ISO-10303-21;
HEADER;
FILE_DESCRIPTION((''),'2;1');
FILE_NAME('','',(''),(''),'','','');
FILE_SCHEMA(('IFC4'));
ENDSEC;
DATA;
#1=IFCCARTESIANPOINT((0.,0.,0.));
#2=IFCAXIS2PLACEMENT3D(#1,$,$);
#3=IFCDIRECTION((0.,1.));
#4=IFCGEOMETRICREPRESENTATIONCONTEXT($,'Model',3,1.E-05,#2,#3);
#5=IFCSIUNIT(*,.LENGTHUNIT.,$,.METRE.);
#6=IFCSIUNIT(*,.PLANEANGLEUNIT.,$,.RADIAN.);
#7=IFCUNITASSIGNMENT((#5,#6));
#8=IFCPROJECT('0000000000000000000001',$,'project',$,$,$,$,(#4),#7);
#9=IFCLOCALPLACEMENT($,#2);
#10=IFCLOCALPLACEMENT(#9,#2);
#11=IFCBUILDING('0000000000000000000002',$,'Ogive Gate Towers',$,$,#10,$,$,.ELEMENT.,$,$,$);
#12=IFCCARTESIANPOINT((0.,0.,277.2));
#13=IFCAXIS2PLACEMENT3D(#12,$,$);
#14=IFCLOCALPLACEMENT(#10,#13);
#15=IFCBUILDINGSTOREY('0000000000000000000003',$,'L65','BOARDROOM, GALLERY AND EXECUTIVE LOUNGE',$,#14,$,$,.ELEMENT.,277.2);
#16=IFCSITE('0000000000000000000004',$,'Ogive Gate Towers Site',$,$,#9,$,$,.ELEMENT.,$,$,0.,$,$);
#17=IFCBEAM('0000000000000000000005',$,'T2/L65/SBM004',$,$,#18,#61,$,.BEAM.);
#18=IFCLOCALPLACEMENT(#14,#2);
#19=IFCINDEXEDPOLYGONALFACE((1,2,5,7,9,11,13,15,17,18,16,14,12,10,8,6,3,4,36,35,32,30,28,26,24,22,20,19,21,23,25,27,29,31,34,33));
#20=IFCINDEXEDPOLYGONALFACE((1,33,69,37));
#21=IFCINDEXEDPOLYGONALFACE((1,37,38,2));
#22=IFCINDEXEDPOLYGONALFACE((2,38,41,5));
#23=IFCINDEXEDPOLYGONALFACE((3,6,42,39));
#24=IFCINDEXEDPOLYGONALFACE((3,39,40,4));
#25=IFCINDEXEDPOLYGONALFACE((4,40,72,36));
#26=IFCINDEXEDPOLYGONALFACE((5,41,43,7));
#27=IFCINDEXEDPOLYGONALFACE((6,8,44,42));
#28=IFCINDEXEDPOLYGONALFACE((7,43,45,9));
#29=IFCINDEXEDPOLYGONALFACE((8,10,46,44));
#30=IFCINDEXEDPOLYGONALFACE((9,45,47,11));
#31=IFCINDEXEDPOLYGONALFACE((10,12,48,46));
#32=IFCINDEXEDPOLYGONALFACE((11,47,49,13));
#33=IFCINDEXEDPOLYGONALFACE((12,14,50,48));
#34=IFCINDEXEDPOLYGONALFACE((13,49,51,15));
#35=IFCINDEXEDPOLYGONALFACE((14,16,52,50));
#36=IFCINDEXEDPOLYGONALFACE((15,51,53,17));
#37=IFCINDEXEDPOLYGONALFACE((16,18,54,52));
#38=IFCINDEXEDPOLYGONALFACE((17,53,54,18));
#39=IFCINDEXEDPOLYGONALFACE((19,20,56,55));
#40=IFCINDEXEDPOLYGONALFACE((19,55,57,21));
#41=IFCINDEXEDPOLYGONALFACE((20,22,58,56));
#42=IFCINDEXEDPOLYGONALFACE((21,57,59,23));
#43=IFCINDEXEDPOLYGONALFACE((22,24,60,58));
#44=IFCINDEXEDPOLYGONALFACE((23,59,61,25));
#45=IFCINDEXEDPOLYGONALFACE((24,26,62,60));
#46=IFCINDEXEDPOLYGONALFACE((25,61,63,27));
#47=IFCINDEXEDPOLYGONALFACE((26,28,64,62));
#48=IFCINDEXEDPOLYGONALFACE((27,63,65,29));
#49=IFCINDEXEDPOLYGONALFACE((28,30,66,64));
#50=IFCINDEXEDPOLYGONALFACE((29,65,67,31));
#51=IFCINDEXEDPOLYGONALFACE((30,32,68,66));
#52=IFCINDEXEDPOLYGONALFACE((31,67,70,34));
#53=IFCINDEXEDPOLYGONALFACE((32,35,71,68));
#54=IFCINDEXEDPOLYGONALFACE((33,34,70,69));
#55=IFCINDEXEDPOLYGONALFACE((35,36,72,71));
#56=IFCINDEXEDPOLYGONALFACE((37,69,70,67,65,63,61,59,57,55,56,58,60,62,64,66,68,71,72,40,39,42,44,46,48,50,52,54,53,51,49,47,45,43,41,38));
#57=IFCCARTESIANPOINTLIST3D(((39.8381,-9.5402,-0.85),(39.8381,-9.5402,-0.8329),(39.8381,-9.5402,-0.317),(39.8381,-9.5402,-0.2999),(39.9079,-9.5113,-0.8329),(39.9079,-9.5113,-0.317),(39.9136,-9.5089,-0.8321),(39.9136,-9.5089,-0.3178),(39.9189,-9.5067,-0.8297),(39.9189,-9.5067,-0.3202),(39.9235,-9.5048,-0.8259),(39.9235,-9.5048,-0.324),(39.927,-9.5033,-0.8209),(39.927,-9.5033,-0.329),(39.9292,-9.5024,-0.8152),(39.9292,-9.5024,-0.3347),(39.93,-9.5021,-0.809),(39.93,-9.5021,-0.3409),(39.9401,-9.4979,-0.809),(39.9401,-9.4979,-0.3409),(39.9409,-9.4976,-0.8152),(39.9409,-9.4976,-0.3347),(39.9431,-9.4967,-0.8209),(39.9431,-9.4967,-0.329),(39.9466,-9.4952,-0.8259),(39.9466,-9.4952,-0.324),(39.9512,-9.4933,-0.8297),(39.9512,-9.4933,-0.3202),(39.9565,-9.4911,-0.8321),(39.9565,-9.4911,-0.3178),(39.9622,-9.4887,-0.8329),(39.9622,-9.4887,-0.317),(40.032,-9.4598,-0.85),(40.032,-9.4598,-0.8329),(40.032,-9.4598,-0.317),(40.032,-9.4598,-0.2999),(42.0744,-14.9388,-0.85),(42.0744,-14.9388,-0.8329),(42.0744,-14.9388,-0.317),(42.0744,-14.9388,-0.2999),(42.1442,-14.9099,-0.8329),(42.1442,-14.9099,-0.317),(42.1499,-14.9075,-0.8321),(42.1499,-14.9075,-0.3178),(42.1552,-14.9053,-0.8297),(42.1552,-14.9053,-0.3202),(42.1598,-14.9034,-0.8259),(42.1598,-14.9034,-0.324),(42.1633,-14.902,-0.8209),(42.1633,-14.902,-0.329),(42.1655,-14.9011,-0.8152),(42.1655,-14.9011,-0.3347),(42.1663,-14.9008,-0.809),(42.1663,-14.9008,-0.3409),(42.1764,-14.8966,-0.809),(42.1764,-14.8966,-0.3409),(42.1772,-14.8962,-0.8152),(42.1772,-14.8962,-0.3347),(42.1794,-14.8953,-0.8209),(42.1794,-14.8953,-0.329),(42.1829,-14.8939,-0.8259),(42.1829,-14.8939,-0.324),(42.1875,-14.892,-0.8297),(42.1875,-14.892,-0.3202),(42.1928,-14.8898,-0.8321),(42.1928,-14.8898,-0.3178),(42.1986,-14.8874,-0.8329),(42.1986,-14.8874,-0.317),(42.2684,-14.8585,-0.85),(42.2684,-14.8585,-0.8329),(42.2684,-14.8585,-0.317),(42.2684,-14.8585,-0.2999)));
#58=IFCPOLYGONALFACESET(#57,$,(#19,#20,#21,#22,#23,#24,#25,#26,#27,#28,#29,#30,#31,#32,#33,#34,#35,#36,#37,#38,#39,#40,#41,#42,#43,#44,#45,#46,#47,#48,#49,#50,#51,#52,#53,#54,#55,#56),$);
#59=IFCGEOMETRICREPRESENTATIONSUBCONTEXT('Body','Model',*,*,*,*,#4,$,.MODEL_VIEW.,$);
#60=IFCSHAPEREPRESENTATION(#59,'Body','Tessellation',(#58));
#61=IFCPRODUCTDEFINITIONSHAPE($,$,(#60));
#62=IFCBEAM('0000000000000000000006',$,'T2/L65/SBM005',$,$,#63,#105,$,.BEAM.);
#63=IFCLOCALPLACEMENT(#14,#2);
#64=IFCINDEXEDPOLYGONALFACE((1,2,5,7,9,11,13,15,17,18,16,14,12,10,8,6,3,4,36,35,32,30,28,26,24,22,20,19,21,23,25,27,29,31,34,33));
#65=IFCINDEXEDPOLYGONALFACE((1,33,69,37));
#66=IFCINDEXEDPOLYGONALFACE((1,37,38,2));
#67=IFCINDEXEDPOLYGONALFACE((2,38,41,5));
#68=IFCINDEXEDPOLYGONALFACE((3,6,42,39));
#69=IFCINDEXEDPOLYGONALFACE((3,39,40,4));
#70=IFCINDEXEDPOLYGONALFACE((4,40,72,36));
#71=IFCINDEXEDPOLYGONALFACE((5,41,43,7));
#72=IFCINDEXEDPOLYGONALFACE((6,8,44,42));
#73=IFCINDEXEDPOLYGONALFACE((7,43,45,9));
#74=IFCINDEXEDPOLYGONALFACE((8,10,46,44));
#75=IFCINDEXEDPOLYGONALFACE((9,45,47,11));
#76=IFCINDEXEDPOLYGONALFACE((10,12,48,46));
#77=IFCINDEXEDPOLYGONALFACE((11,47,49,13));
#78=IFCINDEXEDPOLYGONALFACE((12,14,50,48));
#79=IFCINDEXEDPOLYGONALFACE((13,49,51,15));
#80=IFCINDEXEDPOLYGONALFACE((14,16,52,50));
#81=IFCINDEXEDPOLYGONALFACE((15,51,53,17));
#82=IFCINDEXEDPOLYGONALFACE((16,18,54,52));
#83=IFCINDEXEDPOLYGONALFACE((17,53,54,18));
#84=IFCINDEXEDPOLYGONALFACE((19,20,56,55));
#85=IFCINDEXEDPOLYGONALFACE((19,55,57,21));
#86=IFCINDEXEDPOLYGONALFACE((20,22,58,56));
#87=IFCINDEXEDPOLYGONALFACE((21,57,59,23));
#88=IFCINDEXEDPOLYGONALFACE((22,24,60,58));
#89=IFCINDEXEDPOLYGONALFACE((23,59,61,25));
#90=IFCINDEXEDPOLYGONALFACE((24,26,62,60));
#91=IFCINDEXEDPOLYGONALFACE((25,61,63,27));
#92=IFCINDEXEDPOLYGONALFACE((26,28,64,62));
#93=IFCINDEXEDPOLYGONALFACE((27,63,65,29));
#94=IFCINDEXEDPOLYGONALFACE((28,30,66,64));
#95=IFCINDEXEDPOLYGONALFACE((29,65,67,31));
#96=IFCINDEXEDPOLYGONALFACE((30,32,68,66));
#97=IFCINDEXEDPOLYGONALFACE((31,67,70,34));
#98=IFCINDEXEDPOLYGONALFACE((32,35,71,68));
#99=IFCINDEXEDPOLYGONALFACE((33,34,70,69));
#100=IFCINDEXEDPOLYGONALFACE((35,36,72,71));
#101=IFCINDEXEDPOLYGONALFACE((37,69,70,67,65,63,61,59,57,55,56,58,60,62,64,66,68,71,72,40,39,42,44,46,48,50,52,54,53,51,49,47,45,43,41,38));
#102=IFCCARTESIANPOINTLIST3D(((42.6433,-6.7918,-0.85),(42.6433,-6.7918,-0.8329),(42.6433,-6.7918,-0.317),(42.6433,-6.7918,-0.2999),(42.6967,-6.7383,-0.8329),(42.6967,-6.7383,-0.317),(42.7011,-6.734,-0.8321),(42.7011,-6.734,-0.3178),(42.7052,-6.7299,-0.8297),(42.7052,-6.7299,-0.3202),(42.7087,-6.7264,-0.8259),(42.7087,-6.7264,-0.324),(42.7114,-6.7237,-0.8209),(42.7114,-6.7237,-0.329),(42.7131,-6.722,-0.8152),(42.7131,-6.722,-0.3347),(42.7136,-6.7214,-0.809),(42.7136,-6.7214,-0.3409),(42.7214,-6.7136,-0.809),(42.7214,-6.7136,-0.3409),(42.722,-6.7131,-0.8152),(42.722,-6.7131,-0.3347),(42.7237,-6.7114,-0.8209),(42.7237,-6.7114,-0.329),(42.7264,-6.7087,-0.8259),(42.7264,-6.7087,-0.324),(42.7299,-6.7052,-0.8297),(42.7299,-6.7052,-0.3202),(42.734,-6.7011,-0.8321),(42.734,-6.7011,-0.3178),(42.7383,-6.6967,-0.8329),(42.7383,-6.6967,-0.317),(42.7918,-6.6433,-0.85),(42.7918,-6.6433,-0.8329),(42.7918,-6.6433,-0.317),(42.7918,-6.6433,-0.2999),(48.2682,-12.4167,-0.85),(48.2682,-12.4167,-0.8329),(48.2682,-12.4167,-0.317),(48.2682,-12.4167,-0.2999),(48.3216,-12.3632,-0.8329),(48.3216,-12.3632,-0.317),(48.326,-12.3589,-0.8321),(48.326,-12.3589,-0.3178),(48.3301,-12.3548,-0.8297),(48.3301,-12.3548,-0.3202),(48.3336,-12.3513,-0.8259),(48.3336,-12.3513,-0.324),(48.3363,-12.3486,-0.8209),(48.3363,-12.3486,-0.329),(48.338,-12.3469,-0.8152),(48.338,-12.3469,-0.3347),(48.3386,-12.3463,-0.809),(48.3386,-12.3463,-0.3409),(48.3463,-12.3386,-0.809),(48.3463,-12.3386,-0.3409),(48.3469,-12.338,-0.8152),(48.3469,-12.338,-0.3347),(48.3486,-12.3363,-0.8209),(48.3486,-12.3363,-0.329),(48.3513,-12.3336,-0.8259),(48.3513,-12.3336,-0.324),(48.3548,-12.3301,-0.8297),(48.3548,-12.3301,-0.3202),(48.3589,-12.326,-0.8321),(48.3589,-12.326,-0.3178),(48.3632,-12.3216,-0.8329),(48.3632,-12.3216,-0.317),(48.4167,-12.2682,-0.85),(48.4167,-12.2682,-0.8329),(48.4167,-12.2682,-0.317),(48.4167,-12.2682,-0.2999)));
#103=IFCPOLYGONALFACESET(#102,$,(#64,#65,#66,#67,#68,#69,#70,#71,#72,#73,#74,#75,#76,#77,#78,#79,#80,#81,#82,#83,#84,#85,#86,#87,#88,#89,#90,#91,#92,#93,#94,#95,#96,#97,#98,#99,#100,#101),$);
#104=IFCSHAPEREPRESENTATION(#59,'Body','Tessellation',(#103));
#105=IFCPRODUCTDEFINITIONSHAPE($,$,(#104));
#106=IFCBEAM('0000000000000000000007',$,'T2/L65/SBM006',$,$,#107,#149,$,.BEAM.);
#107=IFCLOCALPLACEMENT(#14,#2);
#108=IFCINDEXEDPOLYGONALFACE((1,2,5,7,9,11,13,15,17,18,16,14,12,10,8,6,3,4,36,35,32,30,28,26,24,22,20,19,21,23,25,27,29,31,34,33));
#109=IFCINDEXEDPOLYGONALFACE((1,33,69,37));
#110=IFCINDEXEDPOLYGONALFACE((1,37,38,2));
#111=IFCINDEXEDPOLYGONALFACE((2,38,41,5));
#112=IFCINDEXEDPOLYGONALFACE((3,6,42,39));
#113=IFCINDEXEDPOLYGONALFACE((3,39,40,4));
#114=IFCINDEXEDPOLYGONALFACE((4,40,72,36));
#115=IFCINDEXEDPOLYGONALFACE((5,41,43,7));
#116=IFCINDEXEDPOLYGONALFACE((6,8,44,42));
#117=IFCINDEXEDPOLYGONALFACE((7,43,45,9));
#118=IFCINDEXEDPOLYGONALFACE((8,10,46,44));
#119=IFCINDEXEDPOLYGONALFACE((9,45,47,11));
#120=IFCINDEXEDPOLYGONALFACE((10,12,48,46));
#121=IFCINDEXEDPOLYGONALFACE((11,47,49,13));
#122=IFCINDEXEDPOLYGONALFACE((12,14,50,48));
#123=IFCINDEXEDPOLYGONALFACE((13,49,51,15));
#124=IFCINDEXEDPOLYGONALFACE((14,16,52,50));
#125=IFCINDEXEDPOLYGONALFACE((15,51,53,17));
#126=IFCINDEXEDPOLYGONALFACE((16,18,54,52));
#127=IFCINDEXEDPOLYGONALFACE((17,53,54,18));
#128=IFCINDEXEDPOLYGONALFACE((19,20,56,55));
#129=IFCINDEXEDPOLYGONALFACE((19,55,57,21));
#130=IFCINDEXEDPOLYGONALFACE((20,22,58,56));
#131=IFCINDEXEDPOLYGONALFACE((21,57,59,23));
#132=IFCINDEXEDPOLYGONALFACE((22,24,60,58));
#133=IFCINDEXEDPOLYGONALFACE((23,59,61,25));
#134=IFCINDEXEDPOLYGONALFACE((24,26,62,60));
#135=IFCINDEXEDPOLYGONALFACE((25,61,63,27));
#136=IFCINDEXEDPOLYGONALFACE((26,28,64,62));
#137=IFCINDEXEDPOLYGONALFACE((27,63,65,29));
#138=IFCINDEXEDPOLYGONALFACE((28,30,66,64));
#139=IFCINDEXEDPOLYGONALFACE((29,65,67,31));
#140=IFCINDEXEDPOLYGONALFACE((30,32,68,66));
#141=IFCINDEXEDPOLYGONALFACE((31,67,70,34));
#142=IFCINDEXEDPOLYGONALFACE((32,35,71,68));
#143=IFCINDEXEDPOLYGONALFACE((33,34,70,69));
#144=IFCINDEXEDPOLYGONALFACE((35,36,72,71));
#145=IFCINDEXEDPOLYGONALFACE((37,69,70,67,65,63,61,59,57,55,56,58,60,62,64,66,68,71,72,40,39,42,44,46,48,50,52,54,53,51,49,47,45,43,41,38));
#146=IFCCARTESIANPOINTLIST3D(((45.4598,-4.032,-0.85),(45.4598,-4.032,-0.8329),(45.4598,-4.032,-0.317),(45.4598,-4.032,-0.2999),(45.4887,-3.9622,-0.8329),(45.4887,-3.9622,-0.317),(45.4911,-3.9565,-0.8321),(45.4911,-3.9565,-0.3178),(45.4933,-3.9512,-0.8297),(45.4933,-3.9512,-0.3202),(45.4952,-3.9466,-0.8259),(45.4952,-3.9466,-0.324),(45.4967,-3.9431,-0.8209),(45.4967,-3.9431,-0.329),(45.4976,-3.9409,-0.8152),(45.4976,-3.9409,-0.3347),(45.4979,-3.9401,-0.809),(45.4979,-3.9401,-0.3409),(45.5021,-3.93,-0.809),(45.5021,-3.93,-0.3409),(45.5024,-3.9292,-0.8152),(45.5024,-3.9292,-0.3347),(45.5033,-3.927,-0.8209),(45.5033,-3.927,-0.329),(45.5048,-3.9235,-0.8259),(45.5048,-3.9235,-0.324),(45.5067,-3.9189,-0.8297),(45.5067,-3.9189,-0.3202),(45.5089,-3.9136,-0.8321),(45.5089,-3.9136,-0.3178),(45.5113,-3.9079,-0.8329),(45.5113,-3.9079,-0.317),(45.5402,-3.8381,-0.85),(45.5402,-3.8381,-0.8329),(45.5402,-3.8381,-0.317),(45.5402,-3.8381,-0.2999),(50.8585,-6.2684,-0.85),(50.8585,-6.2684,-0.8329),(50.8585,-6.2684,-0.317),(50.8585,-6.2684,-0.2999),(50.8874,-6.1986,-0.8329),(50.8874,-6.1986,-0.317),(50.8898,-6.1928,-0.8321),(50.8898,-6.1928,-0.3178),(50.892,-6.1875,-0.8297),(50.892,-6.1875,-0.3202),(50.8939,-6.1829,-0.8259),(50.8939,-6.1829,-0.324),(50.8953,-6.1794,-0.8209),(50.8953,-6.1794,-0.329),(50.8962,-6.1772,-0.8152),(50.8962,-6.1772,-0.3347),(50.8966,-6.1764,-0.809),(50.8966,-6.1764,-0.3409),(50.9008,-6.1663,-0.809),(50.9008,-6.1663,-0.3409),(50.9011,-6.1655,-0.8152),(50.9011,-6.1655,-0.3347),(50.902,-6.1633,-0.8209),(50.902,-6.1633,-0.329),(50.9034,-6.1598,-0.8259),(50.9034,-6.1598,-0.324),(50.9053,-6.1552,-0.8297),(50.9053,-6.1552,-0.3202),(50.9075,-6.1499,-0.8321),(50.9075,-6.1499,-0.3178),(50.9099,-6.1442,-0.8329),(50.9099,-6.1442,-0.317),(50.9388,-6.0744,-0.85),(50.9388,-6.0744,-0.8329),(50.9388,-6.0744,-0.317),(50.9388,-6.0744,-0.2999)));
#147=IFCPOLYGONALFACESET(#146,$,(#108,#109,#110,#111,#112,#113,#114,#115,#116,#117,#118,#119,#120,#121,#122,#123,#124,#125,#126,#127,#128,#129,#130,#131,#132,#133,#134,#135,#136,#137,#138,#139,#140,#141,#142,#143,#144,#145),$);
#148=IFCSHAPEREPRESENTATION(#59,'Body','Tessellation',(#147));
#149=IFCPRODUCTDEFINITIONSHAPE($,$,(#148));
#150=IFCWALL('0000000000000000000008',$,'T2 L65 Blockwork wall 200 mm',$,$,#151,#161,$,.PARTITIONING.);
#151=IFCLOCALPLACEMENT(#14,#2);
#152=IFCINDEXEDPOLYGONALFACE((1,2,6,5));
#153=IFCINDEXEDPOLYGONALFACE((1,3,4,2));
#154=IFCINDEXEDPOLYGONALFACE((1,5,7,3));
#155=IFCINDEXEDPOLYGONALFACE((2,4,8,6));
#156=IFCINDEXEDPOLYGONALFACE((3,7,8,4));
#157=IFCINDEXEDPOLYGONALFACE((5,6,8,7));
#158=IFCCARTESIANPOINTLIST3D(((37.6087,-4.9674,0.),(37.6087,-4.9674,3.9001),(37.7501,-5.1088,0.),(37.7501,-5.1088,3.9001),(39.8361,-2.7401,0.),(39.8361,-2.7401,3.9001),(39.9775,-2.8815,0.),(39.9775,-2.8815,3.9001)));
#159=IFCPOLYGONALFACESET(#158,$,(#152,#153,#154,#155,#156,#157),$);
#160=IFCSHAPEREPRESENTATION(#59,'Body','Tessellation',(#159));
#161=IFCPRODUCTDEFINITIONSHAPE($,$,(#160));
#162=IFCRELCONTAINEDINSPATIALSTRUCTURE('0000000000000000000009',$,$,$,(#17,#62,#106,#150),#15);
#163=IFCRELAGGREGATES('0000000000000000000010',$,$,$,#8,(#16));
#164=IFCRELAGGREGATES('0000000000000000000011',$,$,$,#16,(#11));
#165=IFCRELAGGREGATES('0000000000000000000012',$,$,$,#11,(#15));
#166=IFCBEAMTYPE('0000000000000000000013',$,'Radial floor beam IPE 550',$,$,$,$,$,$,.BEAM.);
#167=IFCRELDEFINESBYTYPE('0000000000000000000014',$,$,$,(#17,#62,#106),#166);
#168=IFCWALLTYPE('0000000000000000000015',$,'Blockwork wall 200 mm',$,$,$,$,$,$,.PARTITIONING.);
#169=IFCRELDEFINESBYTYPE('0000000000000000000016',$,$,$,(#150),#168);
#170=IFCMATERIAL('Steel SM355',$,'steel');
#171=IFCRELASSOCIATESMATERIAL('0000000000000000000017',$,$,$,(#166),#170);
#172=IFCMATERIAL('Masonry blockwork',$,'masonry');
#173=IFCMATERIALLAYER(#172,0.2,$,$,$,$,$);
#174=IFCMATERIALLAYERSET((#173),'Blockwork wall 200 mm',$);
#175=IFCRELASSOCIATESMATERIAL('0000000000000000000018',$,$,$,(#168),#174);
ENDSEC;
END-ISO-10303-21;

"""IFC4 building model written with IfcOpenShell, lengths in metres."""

from ifc_helpers import new_model, si_unit, direction, frame, frame_2d, origin, origin_2d, place, context, subcontext, project, spatial, rectangle, i_section, extrude, material, layer, layer_set, material_profile, profile_set, type_object, element, save


model = new_model("IFC4")

# Units and contexts
model_context = context("Model", 3, precision=1e-05, world=origin(), true_north=direction((0.0, 1.0)))
body_context = subcontext(model_context, "Body", "Model", "MODEL_VIEW")
ifc_project = project(units=[si_unit("LENGTHUNIT", "METRE"), si_unit("PLANEANGLEUNIT", "RADIAN")], contexts=[model_context])

# Site, building, storey
site_placement = place(None, origin())
site = spatial("IfcSite", under=ifc_project, at=site_placement, Name="Ogive Gate Towers Site", CompositionType="ELEMENT", RefElevation=0.0)
building_placement = place(site_placement, origin())
building = spatial("IfcBuilding", under=site, at=building_placement, Name="Ogive Gate Towers", CompositionType="ELEMENT")
storey_placement = place(building_placement, frame((0.0, 0.0, 277.2)))
storey = spatial("IfcBuildingStorey", under=building, at=storey_placement, Name="L65", Description="BOARDROOM, GALLERY AND EXECUTIVE LOUNGE", CompositionType="ELEMENT", Elevation=277.2)

# Beams
ifc_material_1 = material(Name="Steel SM355", Category="steel")
ifc_material_profile = material_profile(ifc_material_1, i_section(OverallWidth=0.21, OverallDepth=0.55, WebThickness=0.011, FlangeThickness=0.0171, FilletRadius=0.0239, at=origin_2d()), Name="IPE 550")
ifc_profile_set = profile_set([ifc_material_profile], Name="Steel SM355")
beam_type = type_object("IfcBeamType", Name="Radial floor beam IPE 550", PredefinedType="BEAM", material=ifc_profile_set)
beam_1_placement = place(storey_placement, frame((39.9351, -9.5, -0.575), z_axis=(0.382701, -0.923872, 0.0), x_axis=(0.923872, 0.382701, 0.0)))
element("IfcBeam", 1, at=beam_1_placement, inside=storey, type_object=beam_type, Name="T2/L65/SBM004", PredefinedType="BEAM", context=body_context, shape_type="SweptSolid", body=[
    extrude(i_section(OverallWidth=0.21, OverallDepth=0.55, WebThickness=0.011, FlangeThickness=0.0171, FilletRadius=0.0239, at=origin_2d()), origin(), (0.0, 0.0, 1.0), 5.8435),
])
beam_2_placement = place(storey_placement, frame((42.7175, -6.7175, -0.575), z_axis=(0.707107, -0.707107, 0.0), x_axis=(0.707107, 0.707107, 0.0)))
element("IfcBeam", 2, at=beam_2_placement, inside=storey, type_object=beam_type, Name="T2/L65/SBM005", PredefinedType="BEAM", context=body_context, shape_type="SweptSolid", body=[
    extrude(i_section(OverallWidth=0.21, OverallDepth=0.55, WebThickness=0.011, FlangeThickness=0.0171, FilletRadius=0.0239, at=origin_2d()), origin(), (0.0, 0.0, 1.0), 7.9548),
])
beam_3_placement = place(storey_placement, frame((45.5, -3.9351, -0.575), z_axis=(0.923872, -0.382701, 0.0), x_axis=(0.382701, 0.923872, 0.0)))
element("IfcBeam", 3, at=beam_3_placement, inside=storey, type_object=beam_type, Name="T2/L65/SBM006", PredefinedType="BEAM", context=body_context, shape_type="SweptSolid", body=[
    extrude(i_section(OverallWidth=0.21, OverallDepth=0.55, WebThickness=0.011, FlangeThickness=0.0171, FilletRadius=0.0239, at=origin_2d()), origin(), (0.0, 0.0, 1.0), 5.8435),
])

# Wall
ifc_material_2 = material(Name="Masonry blockwork", Category="masonry")
ifc_layer_1 = layer(ifc_material_2, 0.2)
ifc_layer_set_1 = layer_set([ifc_layer_1], Name="Blockwork wall 200 mm")
wall_type_1 = type_object("IfcWallType", Name="Blockwork wall 200 mm", PredefinedType="PARTITIONING", material=ifc_layer_set_1)
wall_1_placement = place(storey_placement, frame((37.6794, -5.0381, 0.0), z_axis=(0.0, 0.0, 1.0), x_axis=(0.707107, 0.707107, 0.0)))
element("IfcWall", 4, at=wall_1_placement, inside=storey, type_object=wall_type_1, Name="T2 L65 Blockwork wall 200 mm", PredefinedType="PARTITIONING", context=body_context, shape_type="SweptSolid", body=[
    extrude(rectangle(XDim=3.1499, YDim=0.2, at=frame_2d((1.575, 0.0))), origin(), (0.0, 0.0, 1.0), 3.9001),
])

save(model, "model.ifc")
